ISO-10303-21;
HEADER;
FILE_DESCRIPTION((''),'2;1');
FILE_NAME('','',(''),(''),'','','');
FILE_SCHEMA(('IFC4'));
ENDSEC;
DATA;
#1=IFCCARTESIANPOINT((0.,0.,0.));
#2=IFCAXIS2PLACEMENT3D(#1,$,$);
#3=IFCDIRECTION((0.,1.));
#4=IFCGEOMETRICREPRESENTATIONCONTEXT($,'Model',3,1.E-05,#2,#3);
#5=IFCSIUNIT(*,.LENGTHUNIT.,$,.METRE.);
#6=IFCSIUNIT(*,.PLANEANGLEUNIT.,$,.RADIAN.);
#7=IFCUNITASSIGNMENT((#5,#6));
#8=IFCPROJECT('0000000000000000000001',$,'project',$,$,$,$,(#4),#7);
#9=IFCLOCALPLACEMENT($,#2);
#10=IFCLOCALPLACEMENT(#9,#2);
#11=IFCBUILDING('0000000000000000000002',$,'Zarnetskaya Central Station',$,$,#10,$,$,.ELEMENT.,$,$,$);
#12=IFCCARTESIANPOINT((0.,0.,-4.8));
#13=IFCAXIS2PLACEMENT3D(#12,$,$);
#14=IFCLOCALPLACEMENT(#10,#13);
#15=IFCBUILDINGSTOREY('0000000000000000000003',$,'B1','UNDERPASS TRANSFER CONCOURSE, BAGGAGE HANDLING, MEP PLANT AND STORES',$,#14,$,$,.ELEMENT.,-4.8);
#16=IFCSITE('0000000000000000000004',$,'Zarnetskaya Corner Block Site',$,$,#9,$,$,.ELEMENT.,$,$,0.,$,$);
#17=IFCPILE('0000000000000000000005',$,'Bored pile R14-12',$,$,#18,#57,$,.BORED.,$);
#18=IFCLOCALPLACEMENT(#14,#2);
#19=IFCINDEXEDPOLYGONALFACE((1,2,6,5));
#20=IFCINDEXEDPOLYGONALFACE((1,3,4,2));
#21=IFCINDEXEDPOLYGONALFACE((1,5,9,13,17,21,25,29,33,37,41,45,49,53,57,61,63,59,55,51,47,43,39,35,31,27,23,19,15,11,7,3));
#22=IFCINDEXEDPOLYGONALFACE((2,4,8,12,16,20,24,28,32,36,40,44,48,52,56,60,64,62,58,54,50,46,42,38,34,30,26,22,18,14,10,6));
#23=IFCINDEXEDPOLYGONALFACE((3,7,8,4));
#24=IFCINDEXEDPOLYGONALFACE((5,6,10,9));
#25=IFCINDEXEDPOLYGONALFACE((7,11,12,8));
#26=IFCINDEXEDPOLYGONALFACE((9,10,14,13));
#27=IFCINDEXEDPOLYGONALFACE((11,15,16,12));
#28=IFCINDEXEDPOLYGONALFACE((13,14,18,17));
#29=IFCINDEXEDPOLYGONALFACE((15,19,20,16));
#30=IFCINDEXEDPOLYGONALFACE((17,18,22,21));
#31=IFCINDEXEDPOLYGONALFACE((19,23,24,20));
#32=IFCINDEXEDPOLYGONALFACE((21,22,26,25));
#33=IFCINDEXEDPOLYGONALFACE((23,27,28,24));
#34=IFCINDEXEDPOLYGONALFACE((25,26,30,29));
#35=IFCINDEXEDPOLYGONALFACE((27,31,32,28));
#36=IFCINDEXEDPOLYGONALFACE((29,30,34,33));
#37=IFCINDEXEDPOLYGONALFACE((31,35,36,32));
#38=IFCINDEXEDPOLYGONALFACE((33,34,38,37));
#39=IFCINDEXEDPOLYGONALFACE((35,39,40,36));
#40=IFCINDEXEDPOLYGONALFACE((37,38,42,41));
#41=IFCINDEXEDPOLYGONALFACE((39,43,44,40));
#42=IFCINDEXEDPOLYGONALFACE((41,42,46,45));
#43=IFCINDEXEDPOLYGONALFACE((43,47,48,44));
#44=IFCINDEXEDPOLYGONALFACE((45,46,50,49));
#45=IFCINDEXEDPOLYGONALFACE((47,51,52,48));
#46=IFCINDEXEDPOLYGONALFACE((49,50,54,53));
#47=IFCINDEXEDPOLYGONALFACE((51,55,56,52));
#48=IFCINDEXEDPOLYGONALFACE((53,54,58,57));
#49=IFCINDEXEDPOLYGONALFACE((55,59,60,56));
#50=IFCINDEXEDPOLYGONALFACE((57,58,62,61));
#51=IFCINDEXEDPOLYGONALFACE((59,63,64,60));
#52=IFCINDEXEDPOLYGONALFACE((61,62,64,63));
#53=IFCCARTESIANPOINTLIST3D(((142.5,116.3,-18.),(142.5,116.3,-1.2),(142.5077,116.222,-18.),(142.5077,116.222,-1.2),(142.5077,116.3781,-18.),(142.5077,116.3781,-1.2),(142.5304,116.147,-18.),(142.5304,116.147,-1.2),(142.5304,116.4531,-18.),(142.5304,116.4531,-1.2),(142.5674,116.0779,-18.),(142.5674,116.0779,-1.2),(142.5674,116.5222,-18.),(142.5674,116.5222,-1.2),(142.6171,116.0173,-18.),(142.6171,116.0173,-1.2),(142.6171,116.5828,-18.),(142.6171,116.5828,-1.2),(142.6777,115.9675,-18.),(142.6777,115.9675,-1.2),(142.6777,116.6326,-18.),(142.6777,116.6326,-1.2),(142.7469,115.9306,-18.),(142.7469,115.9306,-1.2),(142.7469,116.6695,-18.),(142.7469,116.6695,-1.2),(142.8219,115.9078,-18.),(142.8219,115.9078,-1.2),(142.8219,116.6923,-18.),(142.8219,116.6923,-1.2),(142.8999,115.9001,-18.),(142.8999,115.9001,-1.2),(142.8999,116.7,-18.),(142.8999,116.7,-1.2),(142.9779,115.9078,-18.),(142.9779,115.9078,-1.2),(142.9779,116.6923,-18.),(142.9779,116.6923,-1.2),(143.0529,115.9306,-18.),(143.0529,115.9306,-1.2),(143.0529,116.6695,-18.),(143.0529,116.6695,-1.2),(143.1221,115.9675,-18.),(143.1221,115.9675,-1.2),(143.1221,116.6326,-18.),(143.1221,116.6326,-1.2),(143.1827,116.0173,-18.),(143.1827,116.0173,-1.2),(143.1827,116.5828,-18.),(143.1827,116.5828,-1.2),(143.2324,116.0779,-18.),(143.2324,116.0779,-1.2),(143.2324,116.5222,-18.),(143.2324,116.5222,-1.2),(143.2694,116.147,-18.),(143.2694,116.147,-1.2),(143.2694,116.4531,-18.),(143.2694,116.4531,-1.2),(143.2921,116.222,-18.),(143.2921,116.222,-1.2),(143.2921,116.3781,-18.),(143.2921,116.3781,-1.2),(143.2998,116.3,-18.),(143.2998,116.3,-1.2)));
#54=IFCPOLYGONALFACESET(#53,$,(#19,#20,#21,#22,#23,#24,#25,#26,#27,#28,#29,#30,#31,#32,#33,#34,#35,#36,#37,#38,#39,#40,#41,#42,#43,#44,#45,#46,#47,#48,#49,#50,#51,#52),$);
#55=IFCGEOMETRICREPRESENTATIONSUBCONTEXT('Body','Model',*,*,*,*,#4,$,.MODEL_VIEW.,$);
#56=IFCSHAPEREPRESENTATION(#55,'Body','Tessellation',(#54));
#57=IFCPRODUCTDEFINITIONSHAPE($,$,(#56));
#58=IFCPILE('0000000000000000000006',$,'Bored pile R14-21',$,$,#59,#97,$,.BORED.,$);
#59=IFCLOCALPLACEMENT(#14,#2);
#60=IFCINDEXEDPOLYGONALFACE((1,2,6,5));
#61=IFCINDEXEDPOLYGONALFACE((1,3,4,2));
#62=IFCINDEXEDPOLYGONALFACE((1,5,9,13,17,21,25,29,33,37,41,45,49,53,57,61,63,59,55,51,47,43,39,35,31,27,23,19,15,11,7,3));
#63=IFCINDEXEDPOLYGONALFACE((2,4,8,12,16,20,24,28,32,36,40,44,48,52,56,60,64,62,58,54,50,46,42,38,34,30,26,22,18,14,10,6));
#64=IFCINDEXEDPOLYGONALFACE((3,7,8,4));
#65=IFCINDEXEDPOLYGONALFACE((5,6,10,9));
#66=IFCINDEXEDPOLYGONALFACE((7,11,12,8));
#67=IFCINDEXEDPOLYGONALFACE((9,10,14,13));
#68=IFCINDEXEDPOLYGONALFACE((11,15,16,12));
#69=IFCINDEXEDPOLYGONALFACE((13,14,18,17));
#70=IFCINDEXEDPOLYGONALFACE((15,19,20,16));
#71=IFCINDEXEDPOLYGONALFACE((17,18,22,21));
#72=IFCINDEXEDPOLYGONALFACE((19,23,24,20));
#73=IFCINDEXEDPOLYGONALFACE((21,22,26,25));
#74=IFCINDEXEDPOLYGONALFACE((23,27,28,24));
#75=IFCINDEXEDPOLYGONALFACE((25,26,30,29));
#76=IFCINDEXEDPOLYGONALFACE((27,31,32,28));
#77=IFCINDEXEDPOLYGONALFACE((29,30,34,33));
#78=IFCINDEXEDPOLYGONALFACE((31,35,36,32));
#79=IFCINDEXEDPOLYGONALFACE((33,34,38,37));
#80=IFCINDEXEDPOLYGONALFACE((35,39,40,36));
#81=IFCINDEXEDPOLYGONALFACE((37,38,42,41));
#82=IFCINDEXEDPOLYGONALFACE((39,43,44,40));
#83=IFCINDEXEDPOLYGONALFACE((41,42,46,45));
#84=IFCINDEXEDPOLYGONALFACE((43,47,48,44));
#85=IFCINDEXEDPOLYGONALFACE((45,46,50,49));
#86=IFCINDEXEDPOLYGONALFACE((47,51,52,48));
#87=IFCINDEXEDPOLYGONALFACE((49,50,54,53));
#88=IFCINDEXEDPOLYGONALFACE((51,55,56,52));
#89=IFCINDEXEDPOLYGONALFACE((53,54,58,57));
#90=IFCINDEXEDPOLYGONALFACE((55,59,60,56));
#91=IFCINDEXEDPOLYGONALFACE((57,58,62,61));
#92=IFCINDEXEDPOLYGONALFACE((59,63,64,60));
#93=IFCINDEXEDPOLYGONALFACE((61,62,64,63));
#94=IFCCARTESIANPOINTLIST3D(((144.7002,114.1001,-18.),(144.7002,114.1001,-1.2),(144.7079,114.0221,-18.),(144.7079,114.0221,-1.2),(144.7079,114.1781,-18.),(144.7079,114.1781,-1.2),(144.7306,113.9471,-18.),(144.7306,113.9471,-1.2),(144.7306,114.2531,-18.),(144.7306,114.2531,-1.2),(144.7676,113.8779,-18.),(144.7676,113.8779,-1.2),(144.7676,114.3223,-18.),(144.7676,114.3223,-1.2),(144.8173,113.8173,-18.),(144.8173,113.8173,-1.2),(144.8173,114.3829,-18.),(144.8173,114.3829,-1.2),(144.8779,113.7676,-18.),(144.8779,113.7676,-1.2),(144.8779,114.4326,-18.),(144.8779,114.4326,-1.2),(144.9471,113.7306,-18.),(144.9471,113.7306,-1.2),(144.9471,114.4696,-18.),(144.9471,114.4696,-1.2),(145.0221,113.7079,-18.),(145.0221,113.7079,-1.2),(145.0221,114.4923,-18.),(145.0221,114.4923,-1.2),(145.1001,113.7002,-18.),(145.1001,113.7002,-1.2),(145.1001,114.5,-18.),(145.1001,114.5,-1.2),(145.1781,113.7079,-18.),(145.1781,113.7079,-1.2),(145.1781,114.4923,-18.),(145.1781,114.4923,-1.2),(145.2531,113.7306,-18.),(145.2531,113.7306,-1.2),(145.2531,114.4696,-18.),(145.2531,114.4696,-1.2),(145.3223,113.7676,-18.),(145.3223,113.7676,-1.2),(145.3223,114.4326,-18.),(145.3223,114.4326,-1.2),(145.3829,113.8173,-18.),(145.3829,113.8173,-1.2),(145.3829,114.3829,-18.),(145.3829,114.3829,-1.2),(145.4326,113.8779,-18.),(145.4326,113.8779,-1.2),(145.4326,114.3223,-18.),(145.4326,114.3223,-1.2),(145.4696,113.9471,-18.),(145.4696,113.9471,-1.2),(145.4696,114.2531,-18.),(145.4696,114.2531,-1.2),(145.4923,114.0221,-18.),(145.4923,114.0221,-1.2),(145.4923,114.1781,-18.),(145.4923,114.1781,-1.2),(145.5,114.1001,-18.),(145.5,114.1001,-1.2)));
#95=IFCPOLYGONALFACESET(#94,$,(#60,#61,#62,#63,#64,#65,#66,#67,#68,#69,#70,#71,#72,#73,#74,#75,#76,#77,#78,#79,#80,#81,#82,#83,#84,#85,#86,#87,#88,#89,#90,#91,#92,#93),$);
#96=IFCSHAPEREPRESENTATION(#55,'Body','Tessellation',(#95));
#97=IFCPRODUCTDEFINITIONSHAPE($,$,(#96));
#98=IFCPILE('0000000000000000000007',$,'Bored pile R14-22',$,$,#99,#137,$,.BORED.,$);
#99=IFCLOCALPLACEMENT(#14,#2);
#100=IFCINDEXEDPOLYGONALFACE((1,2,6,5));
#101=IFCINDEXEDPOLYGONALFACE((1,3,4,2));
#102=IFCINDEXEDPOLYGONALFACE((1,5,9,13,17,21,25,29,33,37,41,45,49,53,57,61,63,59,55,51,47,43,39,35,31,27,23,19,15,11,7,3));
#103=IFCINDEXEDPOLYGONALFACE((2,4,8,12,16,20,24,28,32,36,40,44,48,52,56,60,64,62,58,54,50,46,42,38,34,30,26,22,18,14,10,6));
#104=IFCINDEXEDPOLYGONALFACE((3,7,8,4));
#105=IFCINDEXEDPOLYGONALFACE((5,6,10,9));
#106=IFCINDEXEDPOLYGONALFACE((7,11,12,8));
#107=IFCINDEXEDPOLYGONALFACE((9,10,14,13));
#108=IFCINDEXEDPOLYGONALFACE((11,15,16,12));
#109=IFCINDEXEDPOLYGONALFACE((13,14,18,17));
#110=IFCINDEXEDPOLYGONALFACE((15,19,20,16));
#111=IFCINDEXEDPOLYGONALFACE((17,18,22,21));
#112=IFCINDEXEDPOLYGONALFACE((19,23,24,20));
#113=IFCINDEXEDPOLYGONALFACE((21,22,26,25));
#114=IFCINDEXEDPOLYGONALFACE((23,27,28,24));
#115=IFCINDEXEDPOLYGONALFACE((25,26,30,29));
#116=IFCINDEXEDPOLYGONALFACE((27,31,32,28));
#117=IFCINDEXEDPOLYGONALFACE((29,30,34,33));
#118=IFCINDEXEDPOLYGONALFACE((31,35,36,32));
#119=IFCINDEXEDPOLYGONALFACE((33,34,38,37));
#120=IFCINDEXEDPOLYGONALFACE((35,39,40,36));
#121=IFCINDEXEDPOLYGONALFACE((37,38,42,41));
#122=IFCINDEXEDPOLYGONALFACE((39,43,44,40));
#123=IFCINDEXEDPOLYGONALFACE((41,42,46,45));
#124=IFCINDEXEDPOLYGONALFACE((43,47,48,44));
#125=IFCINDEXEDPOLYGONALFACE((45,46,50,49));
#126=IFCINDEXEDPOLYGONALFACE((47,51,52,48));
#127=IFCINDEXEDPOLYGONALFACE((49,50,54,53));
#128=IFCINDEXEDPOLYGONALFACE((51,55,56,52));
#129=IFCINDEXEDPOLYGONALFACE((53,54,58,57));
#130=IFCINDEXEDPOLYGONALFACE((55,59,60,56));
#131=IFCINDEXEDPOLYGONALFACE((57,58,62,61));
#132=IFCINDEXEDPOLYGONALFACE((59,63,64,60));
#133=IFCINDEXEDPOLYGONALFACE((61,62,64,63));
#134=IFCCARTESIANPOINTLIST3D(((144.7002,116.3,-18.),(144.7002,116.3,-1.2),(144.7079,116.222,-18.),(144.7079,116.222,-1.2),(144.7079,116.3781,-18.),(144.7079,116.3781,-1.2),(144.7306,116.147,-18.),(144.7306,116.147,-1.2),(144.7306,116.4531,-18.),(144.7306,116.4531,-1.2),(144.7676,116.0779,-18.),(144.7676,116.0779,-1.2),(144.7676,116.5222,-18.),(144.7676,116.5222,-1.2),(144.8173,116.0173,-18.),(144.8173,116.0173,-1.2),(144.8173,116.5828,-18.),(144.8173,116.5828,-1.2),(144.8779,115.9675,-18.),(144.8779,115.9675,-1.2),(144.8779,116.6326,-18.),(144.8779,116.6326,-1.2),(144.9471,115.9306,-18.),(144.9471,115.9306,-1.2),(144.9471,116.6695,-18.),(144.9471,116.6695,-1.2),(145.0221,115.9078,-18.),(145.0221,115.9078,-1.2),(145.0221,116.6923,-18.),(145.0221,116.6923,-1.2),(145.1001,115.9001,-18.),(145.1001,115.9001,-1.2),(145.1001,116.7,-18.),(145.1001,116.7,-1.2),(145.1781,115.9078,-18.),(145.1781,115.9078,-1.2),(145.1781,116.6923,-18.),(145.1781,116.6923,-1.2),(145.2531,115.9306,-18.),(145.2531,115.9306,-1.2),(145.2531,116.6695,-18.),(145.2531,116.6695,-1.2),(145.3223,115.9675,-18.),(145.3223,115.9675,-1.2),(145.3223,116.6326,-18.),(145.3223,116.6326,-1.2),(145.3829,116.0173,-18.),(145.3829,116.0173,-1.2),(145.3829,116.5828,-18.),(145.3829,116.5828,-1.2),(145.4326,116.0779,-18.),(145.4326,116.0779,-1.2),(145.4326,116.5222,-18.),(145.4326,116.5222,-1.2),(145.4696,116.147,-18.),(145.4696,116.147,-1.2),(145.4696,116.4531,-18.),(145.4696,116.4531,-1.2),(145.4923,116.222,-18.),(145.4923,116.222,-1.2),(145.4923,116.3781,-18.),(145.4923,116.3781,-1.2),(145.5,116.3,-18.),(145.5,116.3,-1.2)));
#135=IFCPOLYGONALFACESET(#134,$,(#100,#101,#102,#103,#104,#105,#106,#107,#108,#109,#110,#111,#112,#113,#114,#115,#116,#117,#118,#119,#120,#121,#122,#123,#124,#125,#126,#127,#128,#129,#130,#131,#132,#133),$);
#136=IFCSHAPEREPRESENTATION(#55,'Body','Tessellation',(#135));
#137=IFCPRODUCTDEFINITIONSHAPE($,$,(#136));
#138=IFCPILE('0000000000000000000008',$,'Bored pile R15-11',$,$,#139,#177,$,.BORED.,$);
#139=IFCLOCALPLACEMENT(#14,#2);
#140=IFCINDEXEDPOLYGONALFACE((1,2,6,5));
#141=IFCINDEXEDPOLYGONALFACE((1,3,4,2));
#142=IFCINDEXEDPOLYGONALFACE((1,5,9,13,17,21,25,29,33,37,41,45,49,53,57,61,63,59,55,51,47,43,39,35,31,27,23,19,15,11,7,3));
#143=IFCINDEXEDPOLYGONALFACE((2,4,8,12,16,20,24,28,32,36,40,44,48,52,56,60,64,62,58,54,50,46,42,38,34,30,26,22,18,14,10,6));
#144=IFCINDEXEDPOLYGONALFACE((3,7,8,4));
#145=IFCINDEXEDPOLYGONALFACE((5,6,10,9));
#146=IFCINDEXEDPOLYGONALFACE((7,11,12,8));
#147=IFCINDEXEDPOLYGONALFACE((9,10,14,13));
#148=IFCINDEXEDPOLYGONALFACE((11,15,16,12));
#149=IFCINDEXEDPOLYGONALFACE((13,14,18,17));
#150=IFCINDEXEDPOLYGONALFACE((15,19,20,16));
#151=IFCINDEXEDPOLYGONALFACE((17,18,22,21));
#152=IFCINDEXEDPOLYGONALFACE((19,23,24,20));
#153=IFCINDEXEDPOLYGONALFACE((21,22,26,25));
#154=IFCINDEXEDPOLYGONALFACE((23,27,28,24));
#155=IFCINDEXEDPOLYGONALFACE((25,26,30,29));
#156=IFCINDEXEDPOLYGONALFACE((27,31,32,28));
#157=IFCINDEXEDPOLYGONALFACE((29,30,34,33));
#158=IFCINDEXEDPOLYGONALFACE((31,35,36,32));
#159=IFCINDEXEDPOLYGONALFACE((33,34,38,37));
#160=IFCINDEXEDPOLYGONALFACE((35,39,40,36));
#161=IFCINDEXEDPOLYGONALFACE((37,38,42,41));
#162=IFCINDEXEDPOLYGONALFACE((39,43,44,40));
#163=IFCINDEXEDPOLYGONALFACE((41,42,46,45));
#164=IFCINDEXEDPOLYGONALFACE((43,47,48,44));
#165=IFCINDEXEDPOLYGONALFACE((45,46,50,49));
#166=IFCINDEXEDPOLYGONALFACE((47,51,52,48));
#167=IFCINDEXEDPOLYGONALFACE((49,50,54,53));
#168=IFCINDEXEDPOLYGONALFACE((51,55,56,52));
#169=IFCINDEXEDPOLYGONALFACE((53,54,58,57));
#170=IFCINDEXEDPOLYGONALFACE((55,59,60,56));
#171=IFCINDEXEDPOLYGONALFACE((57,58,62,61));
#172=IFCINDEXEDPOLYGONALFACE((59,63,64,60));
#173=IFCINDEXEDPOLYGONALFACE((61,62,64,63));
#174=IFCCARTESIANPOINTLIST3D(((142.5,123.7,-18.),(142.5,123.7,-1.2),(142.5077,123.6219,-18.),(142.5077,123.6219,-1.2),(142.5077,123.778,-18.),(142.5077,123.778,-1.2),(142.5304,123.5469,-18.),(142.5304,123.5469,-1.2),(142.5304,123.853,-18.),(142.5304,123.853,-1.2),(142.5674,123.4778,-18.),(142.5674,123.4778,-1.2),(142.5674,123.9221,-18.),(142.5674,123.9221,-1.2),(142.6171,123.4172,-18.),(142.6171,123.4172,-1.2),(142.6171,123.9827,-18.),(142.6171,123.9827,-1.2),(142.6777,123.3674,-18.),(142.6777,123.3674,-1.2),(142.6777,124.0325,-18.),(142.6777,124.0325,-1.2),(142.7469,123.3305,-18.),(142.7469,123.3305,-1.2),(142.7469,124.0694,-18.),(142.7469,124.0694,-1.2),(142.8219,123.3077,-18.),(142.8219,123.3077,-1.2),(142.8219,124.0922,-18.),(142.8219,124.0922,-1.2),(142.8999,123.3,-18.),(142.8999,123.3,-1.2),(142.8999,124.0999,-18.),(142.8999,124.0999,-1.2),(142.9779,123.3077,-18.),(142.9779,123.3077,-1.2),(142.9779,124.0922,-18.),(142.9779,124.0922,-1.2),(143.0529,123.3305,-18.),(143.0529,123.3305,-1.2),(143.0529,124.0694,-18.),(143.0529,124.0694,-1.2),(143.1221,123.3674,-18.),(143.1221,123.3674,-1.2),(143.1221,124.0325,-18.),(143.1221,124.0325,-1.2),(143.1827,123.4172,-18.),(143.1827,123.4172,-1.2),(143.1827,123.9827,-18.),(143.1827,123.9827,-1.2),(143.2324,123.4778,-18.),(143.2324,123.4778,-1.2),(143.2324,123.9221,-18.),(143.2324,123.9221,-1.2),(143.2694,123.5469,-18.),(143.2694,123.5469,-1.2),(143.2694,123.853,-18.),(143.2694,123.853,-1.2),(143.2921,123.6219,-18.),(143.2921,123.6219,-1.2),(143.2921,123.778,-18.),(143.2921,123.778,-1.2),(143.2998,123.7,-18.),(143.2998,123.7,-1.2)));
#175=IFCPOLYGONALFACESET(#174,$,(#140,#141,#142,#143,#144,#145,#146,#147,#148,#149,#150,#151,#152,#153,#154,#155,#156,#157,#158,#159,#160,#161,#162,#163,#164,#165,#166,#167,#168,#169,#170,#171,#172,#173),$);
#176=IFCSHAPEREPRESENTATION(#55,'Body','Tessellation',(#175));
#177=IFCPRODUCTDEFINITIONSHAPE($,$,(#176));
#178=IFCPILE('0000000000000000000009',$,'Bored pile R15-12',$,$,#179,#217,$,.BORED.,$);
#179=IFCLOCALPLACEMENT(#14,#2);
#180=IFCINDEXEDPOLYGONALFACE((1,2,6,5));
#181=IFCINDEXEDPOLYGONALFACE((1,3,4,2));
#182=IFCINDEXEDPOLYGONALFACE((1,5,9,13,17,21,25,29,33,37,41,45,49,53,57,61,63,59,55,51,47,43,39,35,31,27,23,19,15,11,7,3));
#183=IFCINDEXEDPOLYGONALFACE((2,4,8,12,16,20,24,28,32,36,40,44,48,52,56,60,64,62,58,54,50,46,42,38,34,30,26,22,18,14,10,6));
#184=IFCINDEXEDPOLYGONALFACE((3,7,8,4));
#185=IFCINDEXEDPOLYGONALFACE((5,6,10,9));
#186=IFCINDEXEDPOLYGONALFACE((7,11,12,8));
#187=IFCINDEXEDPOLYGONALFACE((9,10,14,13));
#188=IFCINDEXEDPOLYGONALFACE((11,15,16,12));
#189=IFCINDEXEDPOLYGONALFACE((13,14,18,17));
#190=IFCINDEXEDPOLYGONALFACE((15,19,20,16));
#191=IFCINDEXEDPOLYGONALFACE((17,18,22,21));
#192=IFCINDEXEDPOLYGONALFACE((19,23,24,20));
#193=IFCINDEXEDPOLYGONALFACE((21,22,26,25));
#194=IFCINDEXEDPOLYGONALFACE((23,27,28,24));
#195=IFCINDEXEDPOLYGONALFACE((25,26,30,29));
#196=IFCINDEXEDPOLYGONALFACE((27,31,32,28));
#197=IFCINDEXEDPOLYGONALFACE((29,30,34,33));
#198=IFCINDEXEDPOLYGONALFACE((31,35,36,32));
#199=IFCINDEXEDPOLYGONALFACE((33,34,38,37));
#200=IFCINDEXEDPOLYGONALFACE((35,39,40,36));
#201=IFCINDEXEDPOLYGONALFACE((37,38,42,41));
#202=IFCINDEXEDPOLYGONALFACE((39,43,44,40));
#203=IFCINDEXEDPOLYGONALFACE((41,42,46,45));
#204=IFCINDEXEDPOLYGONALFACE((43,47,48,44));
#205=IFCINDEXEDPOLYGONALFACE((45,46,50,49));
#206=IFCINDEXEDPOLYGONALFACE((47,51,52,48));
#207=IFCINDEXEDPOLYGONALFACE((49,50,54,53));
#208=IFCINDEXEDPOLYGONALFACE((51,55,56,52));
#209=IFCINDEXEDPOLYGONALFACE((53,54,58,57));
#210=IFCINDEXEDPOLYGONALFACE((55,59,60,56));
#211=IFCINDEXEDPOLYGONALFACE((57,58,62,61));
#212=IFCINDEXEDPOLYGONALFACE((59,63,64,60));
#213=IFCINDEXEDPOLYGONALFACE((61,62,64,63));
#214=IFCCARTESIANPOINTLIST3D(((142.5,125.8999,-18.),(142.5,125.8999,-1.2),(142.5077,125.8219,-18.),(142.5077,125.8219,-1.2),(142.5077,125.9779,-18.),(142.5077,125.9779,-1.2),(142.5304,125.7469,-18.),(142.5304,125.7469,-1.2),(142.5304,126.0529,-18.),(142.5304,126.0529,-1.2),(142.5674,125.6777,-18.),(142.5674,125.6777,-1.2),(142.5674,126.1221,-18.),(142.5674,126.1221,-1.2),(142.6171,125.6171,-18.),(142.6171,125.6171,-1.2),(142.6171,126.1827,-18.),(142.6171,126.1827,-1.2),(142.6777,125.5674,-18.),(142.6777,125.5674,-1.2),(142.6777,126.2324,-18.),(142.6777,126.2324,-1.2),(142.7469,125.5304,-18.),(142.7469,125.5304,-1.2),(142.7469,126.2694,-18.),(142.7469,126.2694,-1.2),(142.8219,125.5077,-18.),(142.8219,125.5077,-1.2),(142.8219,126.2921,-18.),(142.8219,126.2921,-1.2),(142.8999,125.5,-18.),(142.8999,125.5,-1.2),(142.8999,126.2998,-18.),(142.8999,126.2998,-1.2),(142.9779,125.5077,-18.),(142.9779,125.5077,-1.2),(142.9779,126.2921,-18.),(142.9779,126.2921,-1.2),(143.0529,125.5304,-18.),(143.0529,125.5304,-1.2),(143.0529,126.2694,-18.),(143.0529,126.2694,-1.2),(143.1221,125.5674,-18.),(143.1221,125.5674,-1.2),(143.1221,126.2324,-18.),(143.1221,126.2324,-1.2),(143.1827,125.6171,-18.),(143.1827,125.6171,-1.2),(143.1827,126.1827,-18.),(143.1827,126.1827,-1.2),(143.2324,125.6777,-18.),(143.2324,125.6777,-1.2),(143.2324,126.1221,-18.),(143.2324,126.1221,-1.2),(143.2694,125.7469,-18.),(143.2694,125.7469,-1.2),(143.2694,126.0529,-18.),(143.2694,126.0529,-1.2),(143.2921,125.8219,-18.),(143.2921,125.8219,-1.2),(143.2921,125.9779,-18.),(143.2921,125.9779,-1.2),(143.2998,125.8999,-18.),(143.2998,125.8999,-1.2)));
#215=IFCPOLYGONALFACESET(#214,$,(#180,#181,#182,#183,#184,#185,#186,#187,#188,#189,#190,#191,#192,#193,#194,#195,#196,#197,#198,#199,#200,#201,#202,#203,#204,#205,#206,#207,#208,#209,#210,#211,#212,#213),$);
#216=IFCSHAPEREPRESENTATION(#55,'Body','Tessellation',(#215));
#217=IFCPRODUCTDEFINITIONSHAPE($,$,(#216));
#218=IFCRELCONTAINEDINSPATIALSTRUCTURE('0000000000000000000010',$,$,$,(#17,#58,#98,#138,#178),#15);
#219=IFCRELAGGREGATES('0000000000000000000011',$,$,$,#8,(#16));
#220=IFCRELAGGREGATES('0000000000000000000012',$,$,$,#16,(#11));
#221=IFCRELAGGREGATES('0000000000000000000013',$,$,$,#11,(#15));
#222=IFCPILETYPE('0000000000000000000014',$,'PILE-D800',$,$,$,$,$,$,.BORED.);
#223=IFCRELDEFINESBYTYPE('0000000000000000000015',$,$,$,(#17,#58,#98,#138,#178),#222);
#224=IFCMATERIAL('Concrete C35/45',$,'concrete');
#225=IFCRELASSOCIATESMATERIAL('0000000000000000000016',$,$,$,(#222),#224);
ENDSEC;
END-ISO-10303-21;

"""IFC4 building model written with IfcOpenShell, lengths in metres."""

from ifc_helpers import new_model, si_unit, direction, frame, origin, origin_2d, place, context, subcontext, project, spatial, circle, extrude, material, material_profile, profile_set, type_object, element, save


model = new_model("IFC4")

# Units and contexts
model_context = context("Model", 3, precision=1e-05, world=origin(), true_north=direction((0.0, 1.0)))
body_context = subcontext(model_context, "Body", "Model", "MODEL_VIEW")
ifc_project = project(units=[si_unit("LENGTHUNIT", "METRE"), si_unit("PLANEANGLEUNIT", "RADIAN")], contexts=[model_context])

# Site, building, storey
site_placement = place(None, origin())
site = spatial("IfcSite", under=ifc_project, at=site_placement, Name="Zarnetskaya Corner Block Site", CompositionType="ELEMENT", RefElevation=0.0)
building_placement = place(site_placement, origin())
building = spatial("IfcBuilding", under=site, at=building_placement, Name="Zarnetskaya Central Station", CompositionType="ELEMENT")
storey_placement = place(building_placement, frame((0.0, 0.0, -4.8)))
storey = spatial("IfcBuildingStorey", under=building, at=storey_placement, Name="B1", Description="UNDERPASS TRANSFER CONCOURSE, BAGGAGE HANDLING, MEP PLANT AND STORES", CompositionType="ELEMENT", Elevation=-4.8)

# Shared definitions
ifc_material = material(Name="Concrete C35/45", Category="concrete")

# Piles
ifc_material_profile_1 = material_profile(ifc_material, circle(Radius=0.3999, at=origin_2d()), Name="BORED PILE D800")
ifc_profile_set_1 = profile_set([ifc_material_profile_1], Name="Concrete C35/45")
pile_type = type_object("IfcPileType", Name="PILE-D800", PredefinedType="BORED", material=ifc_profile_set_1)
for number, where, z_axis, x_axis, name in (
    (1, (142.8999, 116.3, -1.2), (0.0, 0.0, -1.0), (1.0, 0.0, 0.0), "Bored pile R14-12"),
    (2, (145.1001, 114.1001, -1.2), (0.0, 0.0, -1.0), (1.0, 0.0, 0.0), "Bored pile R14-21"),
    (3, (145.1001, 116.3, -1.2), (0.0, 0.0, -1.0), (1.0, 0.0, 0.0), "Bored pile R14-22"),
    (4, (142.8999, 123.7, -1.2), (0.0, 0.0, -1.0), (1.0, 0.0, 0.0), "Bored pile R15-11"),
    (5, (142.8999, 125.8999, -1.2), (0.0, 0.0, -1.0), (1.0, 0.0, 0.0), "Bored pile R15-12"),
):
    element("IfcPile", number, at=place(storey_placement, frame(where, z_axis=z_axis, x_axis=x_axis)), inside=storey, type_object=pile_type, Name=name, PredefinedType="BORED", context=body_context, shape_type="SweptSolid", body=[
        extrude(circle(Radius=0.3999, at=origin_2d()), origin(), (0.0, 0.0, 1.0), 16.8),
    ])

save(model, "model.ifc")
